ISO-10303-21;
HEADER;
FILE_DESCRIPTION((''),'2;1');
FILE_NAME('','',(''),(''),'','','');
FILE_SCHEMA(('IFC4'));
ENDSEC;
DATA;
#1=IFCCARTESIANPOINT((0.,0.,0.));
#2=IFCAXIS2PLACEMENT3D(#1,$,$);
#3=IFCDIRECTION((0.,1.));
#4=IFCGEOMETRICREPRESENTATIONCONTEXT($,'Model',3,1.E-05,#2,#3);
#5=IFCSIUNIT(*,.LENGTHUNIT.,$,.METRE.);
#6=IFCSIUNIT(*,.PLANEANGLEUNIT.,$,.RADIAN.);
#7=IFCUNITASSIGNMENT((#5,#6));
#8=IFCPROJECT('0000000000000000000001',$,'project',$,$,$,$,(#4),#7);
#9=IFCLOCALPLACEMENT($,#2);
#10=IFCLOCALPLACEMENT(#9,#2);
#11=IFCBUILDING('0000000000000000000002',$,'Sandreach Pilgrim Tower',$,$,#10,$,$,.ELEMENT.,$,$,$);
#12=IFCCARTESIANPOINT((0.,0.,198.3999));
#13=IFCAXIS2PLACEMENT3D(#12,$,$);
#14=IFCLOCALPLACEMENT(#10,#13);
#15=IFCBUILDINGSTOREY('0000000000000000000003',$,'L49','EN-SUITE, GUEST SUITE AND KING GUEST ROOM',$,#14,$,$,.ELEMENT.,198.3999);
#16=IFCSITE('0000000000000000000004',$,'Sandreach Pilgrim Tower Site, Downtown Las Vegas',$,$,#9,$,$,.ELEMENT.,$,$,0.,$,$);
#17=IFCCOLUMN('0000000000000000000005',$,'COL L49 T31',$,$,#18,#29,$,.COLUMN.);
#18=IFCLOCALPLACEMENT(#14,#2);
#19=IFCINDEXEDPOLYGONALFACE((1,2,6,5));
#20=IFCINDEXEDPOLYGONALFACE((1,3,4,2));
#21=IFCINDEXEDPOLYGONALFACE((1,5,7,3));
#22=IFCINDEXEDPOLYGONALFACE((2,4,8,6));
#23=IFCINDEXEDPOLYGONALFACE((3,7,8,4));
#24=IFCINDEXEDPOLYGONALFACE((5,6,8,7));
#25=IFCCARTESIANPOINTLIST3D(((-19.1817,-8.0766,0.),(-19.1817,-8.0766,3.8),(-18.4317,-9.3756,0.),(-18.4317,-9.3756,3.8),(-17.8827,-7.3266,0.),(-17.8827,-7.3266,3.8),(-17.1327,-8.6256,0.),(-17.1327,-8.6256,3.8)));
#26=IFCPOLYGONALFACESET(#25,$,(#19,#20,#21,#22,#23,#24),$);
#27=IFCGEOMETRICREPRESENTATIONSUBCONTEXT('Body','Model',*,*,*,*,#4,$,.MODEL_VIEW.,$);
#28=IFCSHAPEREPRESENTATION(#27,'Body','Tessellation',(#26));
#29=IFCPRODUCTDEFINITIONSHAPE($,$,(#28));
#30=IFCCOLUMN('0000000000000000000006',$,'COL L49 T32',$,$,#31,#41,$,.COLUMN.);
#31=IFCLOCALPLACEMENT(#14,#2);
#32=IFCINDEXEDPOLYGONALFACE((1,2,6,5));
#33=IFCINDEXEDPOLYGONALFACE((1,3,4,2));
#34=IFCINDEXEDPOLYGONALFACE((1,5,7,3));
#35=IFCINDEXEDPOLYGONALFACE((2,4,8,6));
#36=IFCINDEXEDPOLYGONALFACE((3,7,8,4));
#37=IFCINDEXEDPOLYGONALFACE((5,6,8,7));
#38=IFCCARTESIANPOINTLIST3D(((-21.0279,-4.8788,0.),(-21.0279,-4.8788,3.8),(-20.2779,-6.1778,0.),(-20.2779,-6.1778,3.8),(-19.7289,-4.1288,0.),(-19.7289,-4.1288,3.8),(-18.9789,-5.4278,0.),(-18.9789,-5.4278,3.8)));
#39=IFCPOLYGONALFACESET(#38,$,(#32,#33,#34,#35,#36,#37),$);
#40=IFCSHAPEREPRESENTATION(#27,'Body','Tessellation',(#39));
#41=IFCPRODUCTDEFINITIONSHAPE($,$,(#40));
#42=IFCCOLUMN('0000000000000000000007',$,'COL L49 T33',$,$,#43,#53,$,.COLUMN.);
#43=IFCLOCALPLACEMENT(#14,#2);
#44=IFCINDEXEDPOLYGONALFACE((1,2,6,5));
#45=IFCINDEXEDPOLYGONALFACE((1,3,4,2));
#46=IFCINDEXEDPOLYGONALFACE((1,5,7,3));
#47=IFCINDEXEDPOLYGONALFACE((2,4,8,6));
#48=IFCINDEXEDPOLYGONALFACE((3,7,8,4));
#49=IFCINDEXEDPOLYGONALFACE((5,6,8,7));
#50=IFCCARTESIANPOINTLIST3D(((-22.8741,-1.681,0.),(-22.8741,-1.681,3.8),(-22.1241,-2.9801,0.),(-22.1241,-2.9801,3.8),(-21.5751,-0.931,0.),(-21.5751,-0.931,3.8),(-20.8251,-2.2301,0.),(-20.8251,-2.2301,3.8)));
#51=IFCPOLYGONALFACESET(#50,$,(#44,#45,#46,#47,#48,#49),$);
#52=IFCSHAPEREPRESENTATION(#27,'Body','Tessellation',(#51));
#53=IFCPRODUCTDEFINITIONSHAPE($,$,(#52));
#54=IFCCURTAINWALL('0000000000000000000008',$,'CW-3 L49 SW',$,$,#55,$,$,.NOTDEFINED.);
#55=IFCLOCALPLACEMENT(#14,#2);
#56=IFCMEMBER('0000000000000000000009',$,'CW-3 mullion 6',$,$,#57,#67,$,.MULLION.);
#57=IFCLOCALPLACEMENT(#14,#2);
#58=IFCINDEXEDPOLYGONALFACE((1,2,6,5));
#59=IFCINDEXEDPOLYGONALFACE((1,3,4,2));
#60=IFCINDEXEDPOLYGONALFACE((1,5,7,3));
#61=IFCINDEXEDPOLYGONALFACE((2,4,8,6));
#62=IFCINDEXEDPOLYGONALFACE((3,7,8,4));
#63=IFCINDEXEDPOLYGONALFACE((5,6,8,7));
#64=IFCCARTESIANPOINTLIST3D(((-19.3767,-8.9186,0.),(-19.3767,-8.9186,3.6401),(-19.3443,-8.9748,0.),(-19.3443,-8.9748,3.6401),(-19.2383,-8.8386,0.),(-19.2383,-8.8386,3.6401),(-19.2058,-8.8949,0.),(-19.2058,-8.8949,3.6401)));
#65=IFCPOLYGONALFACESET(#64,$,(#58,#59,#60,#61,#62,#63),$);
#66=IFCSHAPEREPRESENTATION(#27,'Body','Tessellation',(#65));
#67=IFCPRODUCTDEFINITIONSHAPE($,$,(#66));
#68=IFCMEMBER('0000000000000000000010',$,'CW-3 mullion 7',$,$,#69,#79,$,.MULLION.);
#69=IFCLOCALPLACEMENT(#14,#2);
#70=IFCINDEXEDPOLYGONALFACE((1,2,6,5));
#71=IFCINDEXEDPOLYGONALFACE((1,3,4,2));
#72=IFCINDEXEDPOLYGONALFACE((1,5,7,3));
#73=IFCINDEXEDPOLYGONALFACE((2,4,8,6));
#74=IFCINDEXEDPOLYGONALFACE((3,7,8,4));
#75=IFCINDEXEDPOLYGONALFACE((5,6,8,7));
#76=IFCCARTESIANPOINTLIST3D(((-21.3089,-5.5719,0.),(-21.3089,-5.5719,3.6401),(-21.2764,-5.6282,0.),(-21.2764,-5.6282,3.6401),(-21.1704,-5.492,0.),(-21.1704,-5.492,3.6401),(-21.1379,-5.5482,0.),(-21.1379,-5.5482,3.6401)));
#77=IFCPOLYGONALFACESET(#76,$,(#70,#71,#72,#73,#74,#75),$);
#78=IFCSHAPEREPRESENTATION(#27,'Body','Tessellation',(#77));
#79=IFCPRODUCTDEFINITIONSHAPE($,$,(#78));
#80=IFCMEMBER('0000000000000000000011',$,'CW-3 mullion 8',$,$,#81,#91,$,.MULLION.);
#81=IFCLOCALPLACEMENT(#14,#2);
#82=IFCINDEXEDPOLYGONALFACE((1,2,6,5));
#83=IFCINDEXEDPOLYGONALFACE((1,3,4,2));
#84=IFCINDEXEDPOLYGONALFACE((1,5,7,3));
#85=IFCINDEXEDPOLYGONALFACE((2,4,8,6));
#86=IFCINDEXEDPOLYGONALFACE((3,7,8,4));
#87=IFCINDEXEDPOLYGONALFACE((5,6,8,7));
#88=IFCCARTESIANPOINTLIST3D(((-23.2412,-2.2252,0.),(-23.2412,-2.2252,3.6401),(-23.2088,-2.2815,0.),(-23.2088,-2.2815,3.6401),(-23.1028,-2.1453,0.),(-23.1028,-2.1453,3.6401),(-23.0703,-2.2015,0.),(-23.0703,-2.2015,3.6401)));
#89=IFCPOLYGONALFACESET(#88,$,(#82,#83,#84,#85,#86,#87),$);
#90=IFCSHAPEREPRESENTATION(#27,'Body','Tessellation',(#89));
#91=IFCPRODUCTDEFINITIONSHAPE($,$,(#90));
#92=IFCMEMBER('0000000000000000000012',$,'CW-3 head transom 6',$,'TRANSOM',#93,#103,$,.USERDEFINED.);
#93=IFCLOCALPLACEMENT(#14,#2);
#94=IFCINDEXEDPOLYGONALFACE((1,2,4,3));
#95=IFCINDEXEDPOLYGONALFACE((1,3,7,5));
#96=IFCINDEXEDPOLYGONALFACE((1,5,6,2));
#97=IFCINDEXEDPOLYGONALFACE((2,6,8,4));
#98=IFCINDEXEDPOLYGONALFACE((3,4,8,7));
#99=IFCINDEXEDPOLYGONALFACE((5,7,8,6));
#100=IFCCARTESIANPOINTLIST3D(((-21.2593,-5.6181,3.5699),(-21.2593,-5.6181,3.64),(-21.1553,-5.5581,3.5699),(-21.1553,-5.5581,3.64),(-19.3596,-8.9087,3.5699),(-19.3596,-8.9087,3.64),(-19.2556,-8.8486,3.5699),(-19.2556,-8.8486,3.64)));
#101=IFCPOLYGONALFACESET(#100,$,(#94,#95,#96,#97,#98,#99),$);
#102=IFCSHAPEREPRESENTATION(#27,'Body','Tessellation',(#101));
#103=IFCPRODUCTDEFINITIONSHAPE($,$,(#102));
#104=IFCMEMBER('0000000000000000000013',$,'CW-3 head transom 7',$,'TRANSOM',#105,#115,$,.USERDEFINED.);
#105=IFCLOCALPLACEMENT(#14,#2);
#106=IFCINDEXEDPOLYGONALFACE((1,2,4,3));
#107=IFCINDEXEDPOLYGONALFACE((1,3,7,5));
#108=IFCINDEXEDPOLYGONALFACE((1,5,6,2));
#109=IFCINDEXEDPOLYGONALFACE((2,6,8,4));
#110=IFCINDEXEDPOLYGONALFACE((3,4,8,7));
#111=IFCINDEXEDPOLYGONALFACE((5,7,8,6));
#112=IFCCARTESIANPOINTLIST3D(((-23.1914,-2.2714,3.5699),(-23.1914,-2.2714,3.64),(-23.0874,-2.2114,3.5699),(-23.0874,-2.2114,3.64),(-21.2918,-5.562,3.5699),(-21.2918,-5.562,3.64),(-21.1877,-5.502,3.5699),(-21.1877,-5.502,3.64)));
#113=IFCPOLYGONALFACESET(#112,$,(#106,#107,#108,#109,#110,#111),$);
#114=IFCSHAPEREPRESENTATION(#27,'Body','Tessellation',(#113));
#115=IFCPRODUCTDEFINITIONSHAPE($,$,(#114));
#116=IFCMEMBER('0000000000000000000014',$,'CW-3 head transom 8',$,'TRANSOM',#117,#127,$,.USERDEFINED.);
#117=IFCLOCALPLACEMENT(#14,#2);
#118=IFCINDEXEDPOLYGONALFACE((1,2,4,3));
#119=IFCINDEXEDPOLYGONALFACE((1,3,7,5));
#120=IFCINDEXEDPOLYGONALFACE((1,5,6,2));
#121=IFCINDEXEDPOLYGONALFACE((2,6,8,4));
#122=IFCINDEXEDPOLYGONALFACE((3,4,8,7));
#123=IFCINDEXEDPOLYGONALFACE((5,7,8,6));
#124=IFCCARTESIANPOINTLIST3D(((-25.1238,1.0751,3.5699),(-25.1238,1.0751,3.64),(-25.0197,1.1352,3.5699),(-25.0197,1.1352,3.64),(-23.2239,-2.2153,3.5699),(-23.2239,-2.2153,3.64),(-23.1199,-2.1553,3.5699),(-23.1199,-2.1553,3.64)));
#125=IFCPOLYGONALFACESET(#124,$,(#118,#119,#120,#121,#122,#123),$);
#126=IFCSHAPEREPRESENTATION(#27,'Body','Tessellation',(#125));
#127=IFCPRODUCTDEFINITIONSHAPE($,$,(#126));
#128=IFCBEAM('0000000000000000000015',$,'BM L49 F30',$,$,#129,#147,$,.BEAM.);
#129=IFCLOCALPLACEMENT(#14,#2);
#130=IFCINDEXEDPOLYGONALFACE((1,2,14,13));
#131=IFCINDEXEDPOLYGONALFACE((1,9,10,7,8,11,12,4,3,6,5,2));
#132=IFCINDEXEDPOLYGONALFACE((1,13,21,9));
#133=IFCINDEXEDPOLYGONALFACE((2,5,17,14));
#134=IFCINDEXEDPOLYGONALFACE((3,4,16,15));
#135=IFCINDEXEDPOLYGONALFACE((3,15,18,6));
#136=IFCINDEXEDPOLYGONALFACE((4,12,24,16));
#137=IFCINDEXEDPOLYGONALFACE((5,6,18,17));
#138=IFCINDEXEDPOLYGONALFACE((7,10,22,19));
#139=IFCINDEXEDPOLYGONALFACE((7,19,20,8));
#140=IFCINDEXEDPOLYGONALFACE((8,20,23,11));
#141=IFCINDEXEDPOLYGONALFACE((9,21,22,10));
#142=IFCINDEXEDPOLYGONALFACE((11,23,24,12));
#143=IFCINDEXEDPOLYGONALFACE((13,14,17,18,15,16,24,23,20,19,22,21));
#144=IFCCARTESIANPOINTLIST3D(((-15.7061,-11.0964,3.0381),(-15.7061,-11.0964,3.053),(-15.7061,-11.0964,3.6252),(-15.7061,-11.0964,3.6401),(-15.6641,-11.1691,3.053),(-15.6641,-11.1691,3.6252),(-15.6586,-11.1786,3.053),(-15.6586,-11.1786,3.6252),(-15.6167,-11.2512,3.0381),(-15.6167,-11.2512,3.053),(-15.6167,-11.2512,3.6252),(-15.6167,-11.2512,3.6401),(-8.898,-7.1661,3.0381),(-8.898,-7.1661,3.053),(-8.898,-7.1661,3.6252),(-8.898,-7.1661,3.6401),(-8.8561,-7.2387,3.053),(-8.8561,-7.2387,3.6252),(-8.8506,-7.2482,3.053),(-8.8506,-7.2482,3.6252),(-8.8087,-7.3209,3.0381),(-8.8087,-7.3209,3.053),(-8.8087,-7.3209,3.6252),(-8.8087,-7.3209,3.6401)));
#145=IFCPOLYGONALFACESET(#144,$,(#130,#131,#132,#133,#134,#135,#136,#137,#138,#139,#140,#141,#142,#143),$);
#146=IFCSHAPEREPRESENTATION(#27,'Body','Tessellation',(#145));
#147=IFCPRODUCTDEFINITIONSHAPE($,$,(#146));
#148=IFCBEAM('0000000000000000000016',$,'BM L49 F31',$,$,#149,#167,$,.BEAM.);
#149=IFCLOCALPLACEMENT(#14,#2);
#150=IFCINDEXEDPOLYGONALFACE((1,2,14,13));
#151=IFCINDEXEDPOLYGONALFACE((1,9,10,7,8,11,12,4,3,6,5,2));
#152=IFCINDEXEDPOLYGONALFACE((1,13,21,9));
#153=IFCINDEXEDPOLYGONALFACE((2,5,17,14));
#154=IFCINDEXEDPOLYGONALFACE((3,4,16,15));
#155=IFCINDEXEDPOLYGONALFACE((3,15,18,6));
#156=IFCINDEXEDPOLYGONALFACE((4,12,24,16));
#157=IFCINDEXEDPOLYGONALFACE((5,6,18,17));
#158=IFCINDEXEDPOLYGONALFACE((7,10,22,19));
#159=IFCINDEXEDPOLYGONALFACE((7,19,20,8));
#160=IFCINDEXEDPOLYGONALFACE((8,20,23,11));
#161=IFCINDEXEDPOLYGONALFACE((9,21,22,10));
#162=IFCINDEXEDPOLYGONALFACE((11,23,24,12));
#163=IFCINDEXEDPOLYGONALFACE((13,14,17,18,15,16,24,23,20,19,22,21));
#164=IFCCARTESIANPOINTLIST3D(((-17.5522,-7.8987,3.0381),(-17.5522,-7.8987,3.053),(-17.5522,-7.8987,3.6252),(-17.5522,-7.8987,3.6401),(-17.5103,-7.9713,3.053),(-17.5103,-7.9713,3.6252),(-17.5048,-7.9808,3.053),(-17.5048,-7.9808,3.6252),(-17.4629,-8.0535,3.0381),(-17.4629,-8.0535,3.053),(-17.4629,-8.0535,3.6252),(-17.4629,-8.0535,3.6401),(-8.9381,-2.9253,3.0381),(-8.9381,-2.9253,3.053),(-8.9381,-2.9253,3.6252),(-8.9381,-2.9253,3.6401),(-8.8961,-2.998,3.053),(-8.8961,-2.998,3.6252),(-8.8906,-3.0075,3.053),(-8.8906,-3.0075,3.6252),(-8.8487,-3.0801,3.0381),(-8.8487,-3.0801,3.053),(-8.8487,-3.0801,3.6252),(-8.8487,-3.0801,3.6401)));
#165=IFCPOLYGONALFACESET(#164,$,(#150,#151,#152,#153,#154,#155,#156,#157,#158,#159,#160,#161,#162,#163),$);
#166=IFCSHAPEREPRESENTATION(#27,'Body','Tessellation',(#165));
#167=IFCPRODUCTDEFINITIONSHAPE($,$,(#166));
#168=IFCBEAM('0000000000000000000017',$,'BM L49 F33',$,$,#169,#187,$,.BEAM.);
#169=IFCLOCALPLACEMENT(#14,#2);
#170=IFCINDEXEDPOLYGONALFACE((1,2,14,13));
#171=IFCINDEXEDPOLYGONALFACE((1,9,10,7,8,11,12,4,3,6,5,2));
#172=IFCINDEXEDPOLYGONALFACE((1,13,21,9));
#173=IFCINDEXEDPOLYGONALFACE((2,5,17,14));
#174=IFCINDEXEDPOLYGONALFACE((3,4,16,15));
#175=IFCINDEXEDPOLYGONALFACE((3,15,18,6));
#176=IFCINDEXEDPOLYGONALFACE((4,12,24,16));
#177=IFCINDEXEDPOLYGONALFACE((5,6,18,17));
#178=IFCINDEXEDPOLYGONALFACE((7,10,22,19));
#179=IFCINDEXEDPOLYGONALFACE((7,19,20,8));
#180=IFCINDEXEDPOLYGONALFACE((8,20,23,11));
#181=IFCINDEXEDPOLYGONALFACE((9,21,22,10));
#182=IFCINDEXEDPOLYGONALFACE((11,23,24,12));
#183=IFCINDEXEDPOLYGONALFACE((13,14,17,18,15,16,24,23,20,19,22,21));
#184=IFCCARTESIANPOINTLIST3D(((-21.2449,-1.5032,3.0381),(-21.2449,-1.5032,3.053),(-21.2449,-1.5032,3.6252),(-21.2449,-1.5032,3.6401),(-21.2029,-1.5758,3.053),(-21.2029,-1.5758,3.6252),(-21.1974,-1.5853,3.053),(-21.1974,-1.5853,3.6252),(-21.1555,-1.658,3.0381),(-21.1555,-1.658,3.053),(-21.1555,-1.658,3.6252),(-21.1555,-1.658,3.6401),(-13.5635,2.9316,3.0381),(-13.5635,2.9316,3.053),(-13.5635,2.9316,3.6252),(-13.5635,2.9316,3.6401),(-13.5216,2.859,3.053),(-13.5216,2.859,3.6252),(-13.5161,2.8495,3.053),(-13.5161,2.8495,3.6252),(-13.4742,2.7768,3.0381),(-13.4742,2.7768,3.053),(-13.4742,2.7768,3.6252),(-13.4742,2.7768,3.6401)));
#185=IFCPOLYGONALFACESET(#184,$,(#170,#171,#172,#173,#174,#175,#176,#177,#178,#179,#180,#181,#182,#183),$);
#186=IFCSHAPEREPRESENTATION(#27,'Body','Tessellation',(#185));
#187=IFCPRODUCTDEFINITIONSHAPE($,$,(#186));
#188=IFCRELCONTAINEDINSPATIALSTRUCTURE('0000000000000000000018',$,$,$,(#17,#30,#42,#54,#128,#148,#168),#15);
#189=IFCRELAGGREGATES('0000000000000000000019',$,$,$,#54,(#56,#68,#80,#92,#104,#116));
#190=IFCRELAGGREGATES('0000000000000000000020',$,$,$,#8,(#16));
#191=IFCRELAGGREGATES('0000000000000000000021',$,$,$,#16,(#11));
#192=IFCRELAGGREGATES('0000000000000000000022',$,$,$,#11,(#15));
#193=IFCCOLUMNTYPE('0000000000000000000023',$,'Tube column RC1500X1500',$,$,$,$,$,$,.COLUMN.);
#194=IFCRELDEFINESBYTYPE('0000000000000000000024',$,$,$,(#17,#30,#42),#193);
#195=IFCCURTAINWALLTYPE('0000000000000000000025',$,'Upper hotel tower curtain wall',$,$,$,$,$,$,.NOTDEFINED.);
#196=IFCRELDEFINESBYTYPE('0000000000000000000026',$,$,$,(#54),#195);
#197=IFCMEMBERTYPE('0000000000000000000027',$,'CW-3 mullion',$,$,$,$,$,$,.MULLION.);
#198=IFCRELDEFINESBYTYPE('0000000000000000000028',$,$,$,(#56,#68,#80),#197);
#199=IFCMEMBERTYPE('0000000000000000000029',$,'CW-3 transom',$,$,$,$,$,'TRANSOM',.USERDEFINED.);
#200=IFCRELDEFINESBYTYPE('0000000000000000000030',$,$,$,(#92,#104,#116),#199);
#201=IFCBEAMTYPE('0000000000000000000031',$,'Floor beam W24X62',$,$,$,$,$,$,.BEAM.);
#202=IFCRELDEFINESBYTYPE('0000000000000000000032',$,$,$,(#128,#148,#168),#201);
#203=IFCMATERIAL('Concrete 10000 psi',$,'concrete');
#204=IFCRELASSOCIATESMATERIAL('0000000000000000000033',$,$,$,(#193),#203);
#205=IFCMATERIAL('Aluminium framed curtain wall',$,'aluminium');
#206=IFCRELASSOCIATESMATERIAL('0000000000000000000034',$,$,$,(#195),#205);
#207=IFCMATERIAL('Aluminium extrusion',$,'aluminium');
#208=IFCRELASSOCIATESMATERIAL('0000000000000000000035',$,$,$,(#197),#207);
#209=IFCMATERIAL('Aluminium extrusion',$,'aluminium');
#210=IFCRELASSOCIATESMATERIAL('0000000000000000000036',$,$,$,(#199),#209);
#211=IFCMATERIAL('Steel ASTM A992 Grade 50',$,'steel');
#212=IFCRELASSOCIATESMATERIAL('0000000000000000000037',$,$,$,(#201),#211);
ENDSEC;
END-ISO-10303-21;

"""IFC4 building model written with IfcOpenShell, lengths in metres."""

from ifc_helpers import new_model, si_unit, direction, frame, origin, origin_2d, place, context, subcontext, project, spatial, rectangle, i_section, extrude, material, material_profile, profile_set, type_object, element, aggregate, save


model = new_model("IFC4")

# Units and contexts
model_context = context("Model", 3, precision=1e-05, world=origin(), true_north=direction((0.0, 1.0)))
body_context = subcontext(model_context, "Body", "Model", "MODEL_VIEW")
ifc_project = project(units=[si_unit("LENGTHUNIT", "METRE"), si_unit("PLANEANGLEUNIT", "RADIAN")], contexts=[model_context])

# Site, building, storey
site_placement = place(None, origin())
site = spatial("IfcSite", under=ifc_project, at=site_placement, Name="Sandreach Pilgrim Tower Site, Downtown Las Vegas", CompositionType="ELEMENT", RefElevation=0.0)
building_placement = place(site_placement, origin())
building = spatial("IfcBuilding", under=site, at=building_placement, Name="Sandreach Pilgrim Tower", CompositionType="ELEMENT")
storey_placement = place(building_placement, frame((0.0, 0.0, 198.3999)))
storey = spatial("IfcBuildingStorey", under=building, at=storey_placement, Name="L49", Description="EN-SUITE, GUEST SUITE AND KING GUEST ROOM", CompositionType="ELEMENT", Elevation=198.3999)

# Columns
ifc_material_1 = material(Name="Concrete 10000 psi", Category="concrete")
ifc_material_profile_1 = material_profile(ifc_material_1, rectangle(XDim=1.5, YDim=1.5, at=origin_2d()), Name="RC1500X1500")
ifc_profile_set_1 = profile_set([ifc_material_profile_1], Name="Concrete 10000 psi")
column_type = type_object("IfcColumnType", Name="Tube column RC1500X1500", PredefinedType="COLUMN", material=ifc_profile_set_1)
for number, where, z_axis, x_axis, name in (
    (1, (-18.1572, -8.3511, 0.0), (0.0, 0.0, 1.0), (-0.866025, -0.5, 0.0), "COL L49 T31"),
    (2, (-20.0034, -5.1533, 0.0), (0.0, 0.0, 1.0), (-0.866025, -0.5, 0.0), "COL L49 T32"),
    (3, (-21.8496, -1.9556, 0.0), (0.0, 0.0, 1.0), (-0.866025, -0.5, 0.0), "COL L49 T33"),
):
    element("IfcColumn", number, at=place(storey_placement, frame(where, z_axis=z_axis, x_axis=x_axis)), inside=storey, type_object=column_type, Name=name, PredefinedType="COLUMN", context=body_context, shape_type="SweptSolid", body=[
        extrude(rectangle(XDim=1.5, YDim=1.5, at=origin_2d()), origin(), (0.0, 0.0, 1.0), 3.8),
    ])

# Curtain wall, members
ifc_material_2 = material(Name="Aluminium framed curtain wall", Category="aluminium")
curtain_wall_type = type_object("IfcCurtainWallType", Name="Upper hotel tower curtain wall", PredefinedType="NOTDEFINED", material=ifc_material_2)
curtain_wall_placement = place(storey_placement, origin())
curtain_wall = element("IfcCurtainWall", 4, at=curtain_wall_placement, inside=storey, type_object=curtain_wall_type, Name="CW-3 L49 SW", PredefinedType="NOTDEFINED")
ifc_material_3 = material(Name="Aluminium extrusion", Category="aluminium")
ifc_material_profile_2 = material_profile(ifc_material_3, rectangle(XDim=0.0649, YDim=0.1599, at=origin_2d()), Name="CW-3M 65X160")
ifc_profile_set_2 = profile_set([ifc_material_profile_2], Name="Aluminium extrusion")
member_type_1 = type_object("IfcMemberType", Name="CW-3 mullion", PredefinedType="MULLION", material=ifc_profile_set_2)
member_1_placement = place(storey_placement, frame((-19.2913, -8.9067, 0.0), z_axis=(0.0, 0.0, 1.0), x_axis=(-0.5, 0.866025, 0.0)))
member_1 = element("IfcMember", 5, at=member_1_placement, type_object=member_type_1, Name="CW-3 mullion 6", PredefinedType="MULLION", context=body_context, shape_type="SweptSolid", body=[
    extrude(rectangle(XDim=0.0649, YDim=0.1599, at=origin_2d()), origin(), (0.0, 0.0, 1.0), 3.6401),
])
member_2_placement = place(storey_placement, frame((-21.2234, -5.5601, 0.0), z_axis=(0.0, 0.0, 1.0), x_axis=(-0.5, 0.866025, 0.0)))
member_2 = element("IfcMember", 6, at=member_2_placement, type_object=member_type_1, Name="CW-3 mullion 7", PredefinedType="MULLION", context=body_context, shape_type="SweptSolid", body=[
    extrude(rectangle(XDim=0.0649, YDim=0.1599, at=origin_2d()), origin(), (0.0, 0.0, 1.0), 3.6401),
])
member_3_placement = place(storey_placement, frame((-23.1558, -2.2134, 0.0), z_axis=(0.0, 0.0, 1.0), x_axis=(-0.5, 0.866025, 0.0)))
member_3 = element("IfcMember", 7, at=member_3_placement, type_object=member_type_1, Name="CW-3 mullion 8", PredefinedType="MULLION", context=body_context, shape_type="SweptSolid", body=[
    extrude(rectangle(XDim=0.0649, YDim=0.1599, at=origin_2d()), origin(), (0.0, 0.0, 1.0), 3.6401),
])
ifc_material_4 = material(Name="Aluminium extrusion", Category="aluminium")
ifc_material_profile_3 = material_profile(ifc_material_4, rectangle(XDim=0.1201, YDim=0.0701, at=origin_2d()), Name="CW-3T 120X70")
ifc_profile_set_3 = profile_set([ifc_material_profile_3], Name="Aluminium extrusion")
member_type_2 = type_object("IfcMemberType", Name="CW-3 transom", ElementType="TRANSOM", PredefinedType="USERDEFINED", material=ifc_profile_set_3)
member_4_placement = place(storey_placement, frame((-19.3076, -8.8787, 3.605), z_axis=(-0.499975, 0.86604, 0.0), x_axis=(-0.86604, -0.499975, 0.0)))
member_4 = element("IfcMember", 8, at=member_4_placement, type_object=member_type_2, Name="CW-3 head transom 6", ObjectType="TRANSOM", PredefinedType="USERDEFINED", context=body_context, shape_type="SweptSolid", body=[
    extrude(rectangle(XDim=0.1201, YDim=0.0701, at=origin_2d()), origin(), (0.0, 0.0, 1.0), 3.7996),
])
member_5_placement = place(storey_placement, frame((-21.2397, -5.532, 3.605), z_axis=(-0.499975, 0.86604, 0.0), x_axis=(-0.86604, -0.499975, 0.0)))
member_5 = element("IfcMember", 9, at=member_5_placement, type_object=member_type_2, Name="CW-3 head transom 7", ObjectType="TRANSOM", PredefinedType="USERDEFINED", context=body_context, shape_type="SweptSolid", body=[
    extrude(rectangle(XDim=0.1201, YDim=0.0701, at=origin_2d()), origin(), (0.0, 0.0, 1.0), 3.7996),
])
member_6_placement = place(storey_placement, frame((-23.1719, -2.1853, 3.605), z_axis=(-0.500023, 0.866012, 0.0), x_axis=(-0.866012, -0.500023, 0.0)))
member_6 = element("IfcMember", 10, at=member_6_placement, type_object=member_type_2, Name="CW-3 head transom 8", ObjectType="TRANSOM", PredefinedType="USERDEFINED", context=body_context, shape_type="SweptSolid", body=[
    extrude(rectangle(XDim=0.1201, YDim=0.0701, at=origin_2d()), origin(), (0.0, 0.0, 1.0), 3.7996),
])

# Beams
ifc_material_5 = material(Name="Steel ASTM A992 Grade 50", Category="steel")
ifc_material_profile_4 = material_profile(ifc_material_5, i_section(OverallWidth=0.1787, OverallDepth=0.6021, WebThickness=0.011, FlangeThickness=0.0149, at=origin_2d()), Name="W24X62")
ifc_profile_set_4 = profile_set([ifc_material_profile_4], Name="Steel ASTM A992 Grade 50")
beam_type_1 = type_object("IfcBeamType", Name="Floor beam W24X62", PredefinedType="BEAM", material=ifc_profile_set_4)
beam_1_placement = place(storey_placement, frame((-15.6614, -11.1738, 3.3391), z_axis=(0.866039, 0.499977, 0.0), x_axis=(-0.499977, 0.866039, 0.0)))
element("IfcBeam", 11, at=beam_1_placement, inside=storey, type_object=beam_type_1, Name="BM L49 F30", PredefinedType="BEAM", context=body_context, shape_type="SweptSolid", body=[
    extrude(i_section(OverallWidth=0.1787, OverallDepth=0.6021, WebThickness=0.011, FlangeThickness=0.0149, at=origin_2d()), origin(), (0.0, 0.0, 1.0), 7.8611),
])
beam_2_placement = place(storey_placement, frame((-17.5076, -7.9761, 3.3391), z_axis=(0.866028, 0.499996, 0.0), x_axis=(-0.499996, 0.866028, 0.0)))
element("IfcBeam", 12, at=beam_2_placement, inside=storey, type_object=beam_type_1, Name="BM L49 F31", PredefinedType="BEAM", context=body_context, shape_type="SweptSolid", body=[
    extrude(i_section(OverallWidth=0.1787, OverallDepth=0.6021, WebThickness=0.011, FlangeThickness=0.0149, at=origin_2d()), origin(), (0.0, 0.0, 1.0), 9.9468),
])
beam_3_placement = place(storey_placement, frame((-21.2002, -1.5806, 3.3391), z_axis=(0.866027, 0.499996, 0.0), x_axis=(-0.499996, 0.866027, 0.0)))
element("IfcBeam", 13, at=beam_3_placement, inside=storey, type_object=beam_type_1, Name="BM L49 F33", PredefinedType="BEAM", context=body_context, shape_type="SweptSolid", body=[
    extrude(i_section(OverallWidth=0.1787, OverallDepth=0.6021, WebThickness=0.011, FlangeThickness=0.0149, at=origin_2d()), origin(), (0.0, 0.0, 1.0), 8.8696),
])

aggregate(curtain_wall, [member_1, member_2, member_3, member_4, member_5, member_6])

save(model, "model.ifc")
